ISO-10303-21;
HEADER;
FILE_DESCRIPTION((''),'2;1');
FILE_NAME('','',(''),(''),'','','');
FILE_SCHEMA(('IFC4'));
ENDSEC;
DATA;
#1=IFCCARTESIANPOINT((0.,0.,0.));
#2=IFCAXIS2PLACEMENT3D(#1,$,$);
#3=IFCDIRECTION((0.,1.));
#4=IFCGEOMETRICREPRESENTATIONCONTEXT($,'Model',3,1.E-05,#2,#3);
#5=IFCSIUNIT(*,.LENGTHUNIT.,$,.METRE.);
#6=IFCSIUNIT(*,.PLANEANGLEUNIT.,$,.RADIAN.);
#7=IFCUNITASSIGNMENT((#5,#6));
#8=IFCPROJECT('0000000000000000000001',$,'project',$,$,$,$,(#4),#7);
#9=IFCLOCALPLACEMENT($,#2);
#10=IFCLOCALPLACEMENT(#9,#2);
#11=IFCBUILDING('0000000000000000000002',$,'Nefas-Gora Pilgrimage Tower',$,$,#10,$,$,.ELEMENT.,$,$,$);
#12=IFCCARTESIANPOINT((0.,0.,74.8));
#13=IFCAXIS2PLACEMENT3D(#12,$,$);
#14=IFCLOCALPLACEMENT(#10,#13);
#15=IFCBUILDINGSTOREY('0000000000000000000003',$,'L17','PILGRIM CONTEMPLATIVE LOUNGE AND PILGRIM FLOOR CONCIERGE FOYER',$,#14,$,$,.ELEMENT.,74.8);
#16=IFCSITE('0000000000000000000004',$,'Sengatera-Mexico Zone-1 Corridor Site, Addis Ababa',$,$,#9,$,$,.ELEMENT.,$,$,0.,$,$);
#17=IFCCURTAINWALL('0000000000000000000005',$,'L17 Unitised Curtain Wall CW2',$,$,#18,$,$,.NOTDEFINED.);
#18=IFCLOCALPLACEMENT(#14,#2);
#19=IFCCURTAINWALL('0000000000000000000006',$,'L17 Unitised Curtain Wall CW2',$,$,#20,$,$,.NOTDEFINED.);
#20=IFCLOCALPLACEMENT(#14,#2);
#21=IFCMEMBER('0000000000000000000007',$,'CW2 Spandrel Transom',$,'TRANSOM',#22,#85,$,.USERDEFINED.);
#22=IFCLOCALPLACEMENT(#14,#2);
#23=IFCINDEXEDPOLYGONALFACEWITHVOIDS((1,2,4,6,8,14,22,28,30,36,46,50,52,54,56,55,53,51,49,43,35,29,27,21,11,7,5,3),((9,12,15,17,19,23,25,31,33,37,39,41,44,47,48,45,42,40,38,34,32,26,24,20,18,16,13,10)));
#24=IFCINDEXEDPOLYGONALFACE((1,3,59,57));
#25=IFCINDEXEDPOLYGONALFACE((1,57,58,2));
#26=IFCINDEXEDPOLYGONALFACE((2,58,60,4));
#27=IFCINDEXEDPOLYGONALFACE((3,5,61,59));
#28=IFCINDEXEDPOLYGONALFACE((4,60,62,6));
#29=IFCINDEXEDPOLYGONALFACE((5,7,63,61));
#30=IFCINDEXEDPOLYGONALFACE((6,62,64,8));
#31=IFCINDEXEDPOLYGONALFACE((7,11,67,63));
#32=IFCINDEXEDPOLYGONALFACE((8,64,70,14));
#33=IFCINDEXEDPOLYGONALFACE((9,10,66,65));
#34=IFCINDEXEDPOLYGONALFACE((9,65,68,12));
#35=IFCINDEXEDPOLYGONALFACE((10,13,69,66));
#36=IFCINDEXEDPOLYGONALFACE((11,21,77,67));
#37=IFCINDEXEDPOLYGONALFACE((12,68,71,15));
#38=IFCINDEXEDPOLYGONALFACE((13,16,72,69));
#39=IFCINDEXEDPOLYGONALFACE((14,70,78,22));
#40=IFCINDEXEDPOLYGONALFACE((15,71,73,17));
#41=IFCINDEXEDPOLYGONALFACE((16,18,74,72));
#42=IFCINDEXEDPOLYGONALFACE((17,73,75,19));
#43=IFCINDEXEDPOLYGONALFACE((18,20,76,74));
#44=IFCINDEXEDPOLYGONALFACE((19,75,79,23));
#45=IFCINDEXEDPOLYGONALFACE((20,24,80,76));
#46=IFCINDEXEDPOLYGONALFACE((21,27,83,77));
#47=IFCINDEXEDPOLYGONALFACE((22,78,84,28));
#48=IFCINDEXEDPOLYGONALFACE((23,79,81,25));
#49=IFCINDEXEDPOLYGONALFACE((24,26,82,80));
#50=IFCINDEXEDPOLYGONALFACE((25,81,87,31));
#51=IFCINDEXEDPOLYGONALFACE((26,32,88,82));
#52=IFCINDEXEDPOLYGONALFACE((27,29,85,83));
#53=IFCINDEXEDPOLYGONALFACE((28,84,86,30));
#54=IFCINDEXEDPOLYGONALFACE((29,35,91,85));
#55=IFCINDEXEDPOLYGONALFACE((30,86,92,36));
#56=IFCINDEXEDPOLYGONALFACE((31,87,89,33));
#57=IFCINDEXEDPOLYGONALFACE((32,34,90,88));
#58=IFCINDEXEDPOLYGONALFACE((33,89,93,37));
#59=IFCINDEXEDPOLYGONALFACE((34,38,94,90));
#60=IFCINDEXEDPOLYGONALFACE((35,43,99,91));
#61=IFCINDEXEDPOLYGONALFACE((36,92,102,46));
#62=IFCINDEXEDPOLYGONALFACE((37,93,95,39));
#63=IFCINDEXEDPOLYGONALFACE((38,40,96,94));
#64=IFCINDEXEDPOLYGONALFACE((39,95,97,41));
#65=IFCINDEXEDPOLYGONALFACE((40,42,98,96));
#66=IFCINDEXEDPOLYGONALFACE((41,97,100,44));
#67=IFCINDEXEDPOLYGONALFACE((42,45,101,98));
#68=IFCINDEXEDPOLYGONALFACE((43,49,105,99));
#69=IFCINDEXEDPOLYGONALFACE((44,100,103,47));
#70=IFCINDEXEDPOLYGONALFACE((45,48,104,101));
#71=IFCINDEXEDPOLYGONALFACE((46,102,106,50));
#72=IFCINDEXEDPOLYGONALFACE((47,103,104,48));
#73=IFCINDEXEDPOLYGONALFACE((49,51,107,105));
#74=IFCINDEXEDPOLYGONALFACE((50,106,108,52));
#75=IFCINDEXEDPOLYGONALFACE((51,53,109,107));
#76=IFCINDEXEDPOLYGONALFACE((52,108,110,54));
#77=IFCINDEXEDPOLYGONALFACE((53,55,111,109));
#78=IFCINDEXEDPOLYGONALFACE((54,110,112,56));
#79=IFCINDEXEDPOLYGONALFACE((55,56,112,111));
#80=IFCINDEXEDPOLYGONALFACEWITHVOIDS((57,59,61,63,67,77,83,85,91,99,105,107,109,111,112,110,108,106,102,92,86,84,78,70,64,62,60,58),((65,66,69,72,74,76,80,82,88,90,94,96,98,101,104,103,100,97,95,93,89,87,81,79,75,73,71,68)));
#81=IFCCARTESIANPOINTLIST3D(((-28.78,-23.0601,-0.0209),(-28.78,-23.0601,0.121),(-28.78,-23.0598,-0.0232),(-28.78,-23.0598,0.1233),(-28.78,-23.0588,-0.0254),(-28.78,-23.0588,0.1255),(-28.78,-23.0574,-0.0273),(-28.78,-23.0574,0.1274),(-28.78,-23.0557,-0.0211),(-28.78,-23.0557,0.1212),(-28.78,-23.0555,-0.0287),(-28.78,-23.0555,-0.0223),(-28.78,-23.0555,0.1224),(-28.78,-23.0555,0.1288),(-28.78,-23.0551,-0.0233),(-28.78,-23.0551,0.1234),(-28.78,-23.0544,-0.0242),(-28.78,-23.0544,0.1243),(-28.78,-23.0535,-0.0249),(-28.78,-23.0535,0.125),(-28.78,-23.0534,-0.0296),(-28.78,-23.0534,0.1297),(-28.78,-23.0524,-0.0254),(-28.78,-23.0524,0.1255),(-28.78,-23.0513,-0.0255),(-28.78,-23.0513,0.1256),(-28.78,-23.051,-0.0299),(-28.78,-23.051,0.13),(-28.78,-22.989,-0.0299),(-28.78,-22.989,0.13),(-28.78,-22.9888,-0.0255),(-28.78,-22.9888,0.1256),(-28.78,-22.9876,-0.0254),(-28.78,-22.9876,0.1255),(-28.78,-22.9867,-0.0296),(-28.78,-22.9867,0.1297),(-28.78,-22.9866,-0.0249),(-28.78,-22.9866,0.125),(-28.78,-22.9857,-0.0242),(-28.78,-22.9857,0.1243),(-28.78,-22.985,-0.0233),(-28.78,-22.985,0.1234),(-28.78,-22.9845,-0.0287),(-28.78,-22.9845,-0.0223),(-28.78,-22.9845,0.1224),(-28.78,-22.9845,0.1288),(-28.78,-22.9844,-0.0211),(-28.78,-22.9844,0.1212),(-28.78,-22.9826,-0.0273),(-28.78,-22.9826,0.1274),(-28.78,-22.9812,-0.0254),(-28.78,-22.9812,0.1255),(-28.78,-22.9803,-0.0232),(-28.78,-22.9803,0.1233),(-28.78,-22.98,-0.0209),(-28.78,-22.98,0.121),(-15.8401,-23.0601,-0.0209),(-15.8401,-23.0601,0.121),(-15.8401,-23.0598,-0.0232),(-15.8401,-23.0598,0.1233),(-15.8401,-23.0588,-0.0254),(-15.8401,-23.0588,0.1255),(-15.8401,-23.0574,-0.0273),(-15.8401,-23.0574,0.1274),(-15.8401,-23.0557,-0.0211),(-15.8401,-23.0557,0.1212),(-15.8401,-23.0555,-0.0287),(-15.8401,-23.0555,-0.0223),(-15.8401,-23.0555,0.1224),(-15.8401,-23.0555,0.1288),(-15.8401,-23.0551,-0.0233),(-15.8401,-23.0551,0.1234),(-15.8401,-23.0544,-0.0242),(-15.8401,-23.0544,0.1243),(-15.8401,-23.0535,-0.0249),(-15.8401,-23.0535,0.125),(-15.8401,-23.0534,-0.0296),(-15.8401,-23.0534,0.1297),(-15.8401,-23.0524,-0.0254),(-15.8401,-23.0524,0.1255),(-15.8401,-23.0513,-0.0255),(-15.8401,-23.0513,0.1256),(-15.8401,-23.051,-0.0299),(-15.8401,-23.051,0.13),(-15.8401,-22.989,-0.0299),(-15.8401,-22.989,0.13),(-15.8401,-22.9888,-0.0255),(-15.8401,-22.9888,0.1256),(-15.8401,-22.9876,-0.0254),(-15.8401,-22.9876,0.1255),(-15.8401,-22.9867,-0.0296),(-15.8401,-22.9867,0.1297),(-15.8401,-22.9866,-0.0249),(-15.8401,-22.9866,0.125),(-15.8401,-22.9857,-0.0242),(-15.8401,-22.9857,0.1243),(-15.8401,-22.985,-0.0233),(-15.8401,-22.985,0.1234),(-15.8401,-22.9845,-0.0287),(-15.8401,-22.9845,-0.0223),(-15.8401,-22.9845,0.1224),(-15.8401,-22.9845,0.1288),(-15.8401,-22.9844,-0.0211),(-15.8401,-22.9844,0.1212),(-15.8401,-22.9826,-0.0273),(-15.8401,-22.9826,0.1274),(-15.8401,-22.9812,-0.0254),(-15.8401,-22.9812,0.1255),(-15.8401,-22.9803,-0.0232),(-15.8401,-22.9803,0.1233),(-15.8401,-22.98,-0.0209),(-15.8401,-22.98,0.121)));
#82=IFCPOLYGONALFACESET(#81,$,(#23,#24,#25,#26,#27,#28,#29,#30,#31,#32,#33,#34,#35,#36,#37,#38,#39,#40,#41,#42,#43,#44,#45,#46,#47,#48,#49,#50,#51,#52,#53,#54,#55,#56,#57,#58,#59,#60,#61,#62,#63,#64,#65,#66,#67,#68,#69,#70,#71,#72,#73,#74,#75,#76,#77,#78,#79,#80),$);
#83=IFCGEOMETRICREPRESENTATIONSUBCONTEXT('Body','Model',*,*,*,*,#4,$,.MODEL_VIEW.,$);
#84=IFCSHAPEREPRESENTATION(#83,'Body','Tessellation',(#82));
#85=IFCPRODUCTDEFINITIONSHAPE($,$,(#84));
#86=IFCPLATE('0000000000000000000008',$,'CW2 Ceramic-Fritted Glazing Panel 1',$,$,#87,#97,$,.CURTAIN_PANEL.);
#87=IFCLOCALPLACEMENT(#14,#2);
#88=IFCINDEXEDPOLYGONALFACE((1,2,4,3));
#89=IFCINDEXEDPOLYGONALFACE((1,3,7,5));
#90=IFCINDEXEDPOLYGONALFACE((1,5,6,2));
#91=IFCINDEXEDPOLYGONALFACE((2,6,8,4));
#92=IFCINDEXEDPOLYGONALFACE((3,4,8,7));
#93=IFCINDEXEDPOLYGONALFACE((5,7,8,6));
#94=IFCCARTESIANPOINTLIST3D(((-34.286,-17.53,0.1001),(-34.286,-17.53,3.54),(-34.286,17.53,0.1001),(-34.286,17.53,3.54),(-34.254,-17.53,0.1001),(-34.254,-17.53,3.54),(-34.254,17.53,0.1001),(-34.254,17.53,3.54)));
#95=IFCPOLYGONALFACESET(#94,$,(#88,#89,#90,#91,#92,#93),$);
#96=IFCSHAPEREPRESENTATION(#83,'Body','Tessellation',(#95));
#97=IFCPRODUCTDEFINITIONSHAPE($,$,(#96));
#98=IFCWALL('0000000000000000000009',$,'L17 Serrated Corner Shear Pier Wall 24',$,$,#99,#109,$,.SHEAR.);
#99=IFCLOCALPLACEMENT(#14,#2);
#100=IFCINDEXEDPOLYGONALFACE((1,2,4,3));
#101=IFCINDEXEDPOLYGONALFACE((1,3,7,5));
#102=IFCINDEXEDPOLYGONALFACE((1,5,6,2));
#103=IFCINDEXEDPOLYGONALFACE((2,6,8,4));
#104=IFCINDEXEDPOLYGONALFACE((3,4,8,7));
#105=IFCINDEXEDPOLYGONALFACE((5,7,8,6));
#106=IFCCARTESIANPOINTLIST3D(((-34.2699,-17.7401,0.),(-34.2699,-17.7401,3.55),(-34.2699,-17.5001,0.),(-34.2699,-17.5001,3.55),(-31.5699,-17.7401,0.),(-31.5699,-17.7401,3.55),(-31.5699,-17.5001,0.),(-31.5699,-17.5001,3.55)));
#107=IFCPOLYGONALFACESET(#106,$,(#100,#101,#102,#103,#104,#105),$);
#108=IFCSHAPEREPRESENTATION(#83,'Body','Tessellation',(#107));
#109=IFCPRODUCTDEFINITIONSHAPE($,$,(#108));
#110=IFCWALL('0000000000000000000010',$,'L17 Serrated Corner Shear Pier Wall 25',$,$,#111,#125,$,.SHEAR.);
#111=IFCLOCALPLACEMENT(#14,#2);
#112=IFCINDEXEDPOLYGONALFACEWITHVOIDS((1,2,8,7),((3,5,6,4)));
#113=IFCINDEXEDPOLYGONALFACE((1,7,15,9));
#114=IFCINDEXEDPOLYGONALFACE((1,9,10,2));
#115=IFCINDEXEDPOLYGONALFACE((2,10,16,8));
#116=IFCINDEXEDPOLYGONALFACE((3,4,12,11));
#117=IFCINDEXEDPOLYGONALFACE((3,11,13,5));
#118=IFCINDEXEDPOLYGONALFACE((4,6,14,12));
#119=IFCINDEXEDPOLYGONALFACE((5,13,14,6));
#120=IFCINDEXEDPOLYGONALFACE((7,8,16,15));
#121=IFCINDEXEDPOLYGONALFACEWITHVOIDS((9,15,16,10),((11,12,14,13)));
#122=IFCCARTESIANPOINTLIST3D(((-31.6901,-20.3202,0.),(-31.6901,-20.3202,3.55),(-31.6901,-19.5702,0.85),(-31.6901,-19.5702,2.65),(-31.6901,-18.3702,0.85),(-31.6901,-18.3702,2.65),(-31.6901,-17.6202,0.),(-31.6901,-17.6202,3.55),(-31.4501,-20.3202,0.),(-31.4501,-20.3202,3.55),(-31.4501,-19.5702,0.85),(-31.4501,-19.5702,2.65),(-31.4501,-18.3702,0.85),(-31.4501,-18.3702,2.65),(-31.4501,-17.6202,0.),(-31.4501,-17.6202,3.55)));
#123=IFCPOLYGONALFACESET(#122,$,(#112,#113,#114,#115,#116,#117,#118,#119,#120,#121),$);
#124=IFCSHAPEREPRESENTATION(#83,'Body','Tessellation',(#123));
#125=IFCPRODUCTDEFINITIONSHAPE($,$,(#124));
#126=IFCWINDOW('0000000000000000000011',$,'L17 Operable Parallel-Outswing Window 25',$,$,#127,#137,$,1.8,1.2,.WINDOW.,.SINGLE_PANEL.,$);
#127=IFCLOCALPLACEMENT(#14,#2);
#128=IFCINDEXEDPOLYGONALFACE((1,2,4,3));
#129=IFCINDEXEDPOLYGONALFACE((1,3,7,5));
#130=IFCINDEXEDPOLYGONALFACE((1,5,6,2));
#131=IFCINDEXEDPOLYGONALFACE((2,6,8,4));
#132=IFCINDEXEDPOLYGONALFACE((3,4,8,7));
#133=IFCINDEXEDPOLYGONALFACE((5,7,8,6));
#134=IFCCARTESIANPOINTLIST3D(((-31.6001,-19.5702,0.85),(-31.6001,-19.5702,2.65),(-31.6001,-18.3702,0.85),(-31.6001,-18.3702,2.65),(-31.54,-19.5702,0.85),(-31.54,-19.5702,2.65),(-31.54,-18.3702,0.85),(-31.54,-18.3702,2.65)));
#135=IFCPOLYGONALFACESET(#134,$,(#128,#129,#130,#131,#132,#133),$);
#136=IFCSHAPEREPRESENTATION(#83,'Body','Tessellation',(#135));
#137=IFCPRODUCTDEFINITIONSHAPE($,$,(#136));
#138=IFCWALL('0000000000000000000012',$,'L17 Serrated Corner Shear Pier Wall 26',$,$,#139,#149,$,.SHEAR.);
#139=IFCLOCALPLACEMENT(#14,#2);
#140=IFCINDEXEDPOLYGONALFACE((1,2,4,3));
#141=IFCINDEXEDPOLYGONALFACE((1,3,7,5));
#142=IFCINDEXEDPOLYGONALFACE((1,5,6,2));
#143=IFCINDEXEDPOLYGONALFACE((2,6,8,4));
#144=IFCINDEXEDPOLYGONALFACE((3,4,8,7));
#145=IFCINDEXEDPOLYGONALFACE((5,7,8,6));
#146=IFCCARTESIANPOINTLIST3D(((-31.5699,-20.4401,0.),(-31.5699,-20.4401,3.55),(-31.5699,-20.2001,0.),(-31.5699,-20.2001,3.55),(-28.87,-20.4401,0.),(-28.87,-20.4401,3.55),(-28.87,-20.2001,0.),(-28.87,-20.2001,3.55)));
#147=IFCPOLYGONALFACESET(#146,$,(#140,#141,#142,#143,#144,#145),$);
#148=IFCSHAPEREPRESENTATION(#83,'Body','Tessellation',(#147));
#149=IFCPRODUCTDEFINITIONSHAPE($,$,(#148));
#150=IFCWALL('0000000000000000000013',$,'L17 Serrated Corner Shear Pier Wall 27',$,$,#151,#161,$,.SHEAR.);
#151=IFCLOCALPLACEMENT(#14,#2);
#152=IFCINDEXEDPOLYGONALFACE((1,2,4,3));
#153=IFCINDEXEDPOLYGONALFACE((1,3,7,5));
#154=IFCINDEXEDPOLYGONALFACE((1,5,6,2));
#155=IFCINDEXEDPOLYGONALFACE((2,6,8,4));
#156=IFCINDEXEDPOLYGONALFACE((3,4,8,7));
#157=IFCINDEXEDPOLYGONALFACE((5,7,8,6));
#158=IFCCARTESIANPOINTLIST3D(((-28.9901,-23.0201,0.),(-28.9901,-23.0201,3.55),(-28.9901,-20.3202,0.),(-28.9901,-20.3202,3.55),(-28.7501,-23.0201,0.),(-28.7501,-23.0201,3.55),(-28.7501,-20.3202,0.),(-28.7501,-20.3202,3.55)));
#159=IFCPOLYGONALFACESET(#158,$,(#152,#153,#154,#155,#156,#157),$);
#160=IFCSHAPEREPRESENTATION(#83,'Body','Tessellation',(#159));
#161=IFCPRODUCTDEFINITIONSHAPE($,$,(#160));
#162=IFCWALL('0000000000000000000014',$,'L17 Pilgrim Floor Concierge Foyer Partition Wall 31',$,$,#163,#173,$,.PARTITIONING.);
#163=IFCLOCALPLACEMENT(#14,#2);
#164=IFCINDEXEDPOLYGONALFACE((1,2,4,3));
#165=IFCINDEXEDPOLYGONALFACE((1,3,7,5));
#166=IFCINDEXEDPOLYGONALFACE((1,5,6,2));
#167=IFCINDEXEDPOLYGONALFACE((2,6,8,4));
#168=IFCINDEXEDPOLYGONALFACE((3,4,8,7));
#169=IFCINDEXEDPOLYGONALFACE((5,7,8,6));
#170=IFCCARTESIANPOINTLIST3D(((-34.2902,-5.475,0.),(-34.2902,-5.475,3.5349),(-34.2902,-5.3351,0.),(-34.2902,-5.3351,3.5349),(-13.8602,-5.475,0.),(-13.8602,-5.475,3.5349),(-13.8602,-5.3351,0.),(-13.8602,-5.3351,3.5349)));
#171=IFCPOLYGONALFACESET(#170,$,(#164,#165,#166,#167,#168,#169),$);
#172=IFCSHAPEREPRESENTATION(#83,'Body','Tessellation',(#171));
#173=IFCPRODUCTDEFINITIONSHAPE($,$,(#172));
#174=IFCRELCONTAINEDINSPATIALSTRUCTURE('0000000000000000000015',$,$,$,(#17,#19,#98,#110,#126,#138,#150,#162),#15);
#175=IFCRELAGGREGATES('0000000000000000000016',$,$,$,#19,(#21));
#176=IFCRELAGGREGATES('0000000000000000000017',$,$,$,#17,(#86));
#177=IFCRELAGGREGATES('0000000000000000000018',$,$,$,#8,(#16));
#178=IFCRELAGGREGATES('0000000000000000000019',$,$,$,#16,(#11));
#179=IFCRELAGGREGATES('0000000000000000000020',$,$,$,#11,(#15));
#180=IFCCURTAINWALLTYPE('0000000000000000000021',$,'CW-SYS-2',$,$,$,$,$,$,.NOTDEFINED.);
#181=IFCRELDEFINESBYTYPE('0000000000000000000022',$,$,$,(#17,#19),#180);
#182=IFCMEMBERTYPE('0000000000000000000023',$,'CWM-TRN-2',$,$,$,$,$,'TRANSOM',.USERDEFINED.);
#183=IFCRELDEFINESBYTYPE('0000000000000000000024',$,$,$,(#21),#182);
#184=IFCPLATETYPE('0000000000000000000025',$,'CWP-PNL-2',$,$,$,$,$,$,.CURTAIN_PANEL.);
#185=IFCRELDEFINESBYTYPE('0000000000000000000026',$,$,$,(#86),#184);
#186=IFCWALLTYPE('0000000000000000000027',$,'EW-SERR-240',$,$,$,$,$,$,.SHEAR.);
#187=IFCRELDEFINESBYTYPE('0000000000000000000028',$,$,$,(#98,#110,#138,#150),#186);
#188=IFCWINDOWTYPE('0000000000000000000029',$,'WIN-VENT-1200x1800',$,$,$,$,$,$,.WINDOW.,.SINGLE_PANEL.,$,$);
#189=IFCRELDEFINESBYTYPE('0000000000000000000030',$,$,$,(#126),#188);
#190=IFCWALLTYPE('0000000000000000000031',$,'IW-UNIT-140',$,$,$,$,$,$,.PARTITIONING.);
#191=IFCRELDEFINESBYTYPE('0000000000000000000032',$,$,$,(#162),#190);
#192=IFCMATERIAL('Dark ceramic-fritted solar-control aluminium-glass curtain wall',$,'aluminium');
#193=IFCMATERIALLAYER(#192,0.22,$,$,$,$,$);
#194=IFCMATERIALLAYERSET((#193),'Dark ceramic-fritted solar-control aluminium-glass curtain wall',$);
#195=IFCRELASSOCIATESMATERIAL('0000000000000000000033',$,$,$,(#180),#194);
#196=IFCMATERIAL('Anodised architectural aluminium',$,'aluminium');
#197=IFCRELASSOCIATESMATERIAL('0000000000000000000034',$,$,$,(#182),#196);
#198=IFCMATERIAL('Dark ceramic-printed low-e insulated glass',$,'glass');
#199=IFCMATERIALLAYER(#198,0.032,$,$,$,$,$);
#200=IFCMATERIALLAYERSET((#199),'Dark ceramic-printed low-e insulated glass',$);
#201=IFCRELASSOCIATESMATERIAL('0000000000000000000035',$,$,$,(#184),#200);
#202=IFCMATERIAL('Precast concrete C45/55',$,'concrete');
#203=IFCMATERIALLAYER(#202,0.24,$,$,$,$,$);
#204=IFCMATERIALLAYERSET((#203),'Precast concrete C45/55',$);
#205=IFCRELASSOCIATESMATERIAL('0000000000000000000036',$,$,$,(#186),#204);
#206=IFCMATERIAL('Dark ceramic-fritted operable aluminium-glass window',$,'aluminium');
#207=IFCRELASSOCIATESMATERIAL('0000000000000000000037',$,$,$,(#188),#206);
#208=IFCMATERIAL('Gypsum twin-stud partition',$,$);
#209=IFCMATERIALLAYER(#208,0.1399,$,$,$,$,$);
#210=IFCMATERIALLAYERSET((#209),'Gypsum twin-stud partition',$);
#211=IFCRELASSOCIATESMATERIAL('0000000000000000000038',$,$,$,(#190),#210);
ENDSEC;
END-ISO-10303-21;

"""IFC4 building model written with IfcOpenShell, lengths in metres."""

from ifc_helpers import new_model, si_unit, direction, frame, frame_2d, origin, origin_2d, place, context, subcontext, project, spatial, rectangle, hollow_rectangle, extrude, source, transform, mapped, material, layer, layer_set, material_profile, profile_set, type_object, element, fill, aggregate, save


model = new_model("IFC4")

# Units and contexts
model_context = context("Model", 3, precision=1e-05, world=origin(), true_north=direction((0.0, 1.0)))
body_context = subcontext(model_context, "Body", "Model", "MODEL_VIEW")
ifc_project = project(units=[si_unit("LENGTHUNIT", "METRE"), si_unit("PLANEANGLEUNIT", "RADIAN")], contexts=[model_context])

# Site, building, storey
site_placement = place(None, origin())
site = spatial("IfcSite", under=ifc_project, at=site_placement, Name="Sengatera-Mexico Zone-1 Corridor Site, Addis Ababa", CompositionType="ELEMENT", RefElevation=0.0)
building_placement = place(site_placement, origin())
building = spatial("IfcBuilding", under=site, at=building_placement, Name="Nefas-Gora Pilgrimage Tower", CompositionType="ELEMENT")
storey_placement = place(building_placement, frame((0.0, 0.0, 74.8)))
storey = spatial("IfcBuildingStorey", under=building, at=storey_placement, Name="L17", Description="PILGRIM CONTEMPLATIVE LOUNGE AND PILGRIM FLOOR CONCIERGE FOYER", CompositionType="ELEMENT", Elevation=74.8)

# Curtain wall
ifc_material_1 = material(Name="Dark ceramic-fritted solar-control aluminium-glass curtain wall", Category="aluminium")
ifc_layer_1 = layer(ifc_material_1, 0.22)
ifc_layer_set_1 = layer_set([ifc_layer_1], Name="Dark ceramic-fritted solar-control aluminium-glass curtain wall")
curtain_wall_type = type_object("IfcCurtainWallType", Name="CW-SYS-2", PredefinedType="NOTDEFINED", material=ifc_layer_set_1)
curtain_wall_1_placement = place(storey_placement, origin())
curtain_wall_1 = element("IfcCurtainWall", 1, at=curtain_wall_1_placement, inside=storey, type_object=curtain_wall_type, Name="L17 Unitised Curtain Wall CW2", PredefinedType="NOTDEFINED")
ifc_material_2 = material(Name="Anodised architectural aluminium", Category="aluminium")

# Curtain wall, member
curtain_wall_2_placement = place(storey_placement, origin())
curtain_wall_2 = element("IfcCurtainWall", 2, at=curtain_wall_2_placement, inside=storey, type_object=curtain_wall_type, Name="L17 Unitised Curtain Wall CW2", PredefinedType="NOTDEFINED")
ifc_material_profile_1 = material_profile(ifc_material_2, hollow_rectangle(XDim=0.0801, YDim=0.1599, WallThickness=0.0044, InnerFilletRadius=0.0044, OuterFilletRadius=0.009, at=origin_2d()), Name="ALU TRANSOM 80x160")
ifc_profile_set_1 = profile_set([ifc_material_profile_1], Name="Anodised architectural aluminium")
member_type_1 = type_object("IfcMemberType", Name="CWM-TRN-2", ElementType="TRANSOM", PredefinedType="USERDEFINED", material=ifc_profile_set_1)
shared_shape_1 = source(origin(), body_context, "Body", "SweptSolid", [
    extrude(hollow_rectangle(XDim=0.0801, YDim=0.1599, WallThickness=0.0044, InnerFilletRadius=0.0044, OuterFilletRadius=0.009, at=origin_2d()), origin(), (0.0, 0.0, 1.0), 12.9399),
])
member_1_placement = place(storey_placement, frame((-28.78, -23.02, 0.05), z_axis=(1.0, 0.0, 0.0), x_axis=(0.0, 1.0, 0.0)))
member_1 = element("IfcMember", 3, at=member_1_placement, type_object=member_type_1, Name="CW2 Spandrel Transom", ObjectType="TRANSOM", PredefinedType="USERDEFINED", context=body_context, shape_type="MappedRepresentation", body=[
    mapped(shared_shape_1, transform((0.0, 0.0, 0.0), x_axis=(1.0, 0.0, 0.0), y_axis=(0.0, 1.0, 0.0), z_axis=(0.0, 0.0, 1.0), scale=1.0)),
])
aggregate(curtain_wall_2, [member_1])

# Plate
ifc_material_3 = material(Name="Dark ceramic-printed low-e insulated glass", Category="glass")
ifc_layer_2 = layer(ifc_material_3, 0.032)
ifc_layer_set_2 = layer_set([ifc_layer_2], Name="Dark ceramic-printed low-e insulated glass")
plate_type = type_object("IfcPlateType", Name="CWP-PNL-2", PredefinedType="CURTAIN_PANEL", material=ifc_layer_set_2)
shared_shape_2 = source(origin(), body_context, "Body", "SweptSolid", [
    extrude(rectangle(XDim=35.0601, YDim=0.032, at=origin_2d()), origin(), (0.0, 0.0, 1.0), 3.4399),
])
plate_placement = place(storey_placement, frame((-34.27, 0.0, 0.1001), z_axis=(0.0, 0.0, 1.0), x_axis=(0.0, -1.0, 0.0)))
plate = element("IfcPlate", 4, at=plate_placement, type_object=plate_type, Name="CW2 Ceramic-Fritted Glazing Panel 1", PredefinedType="CURTAIN_PANEL", context=body_context, shape_type="MappedRepresentation", body=[
    mapped(shared_shape_2, transform((0.0, 0.0, 0.0), x_axis=(1.0, 0.0, 0.0), y_axis=(0.0, 1.0, 0.0), z_axis=(0.0, 0.0, 1.0), scale=1.0)),
])
aggregate(curtain_wall_1, [plate])

# Wall
ifc_material_4 = material(Name="Precast concrete C45/55", Category="concrete")
ifc_layer_3 = layer(ifc_material_4, 0.24)
ifc_layer_set_3 = layer_set([ifc_layer_3], Name="Precast concrete C45/55")
wall_type_1 = type_object("IfcWallType", Name="EW-SERR-240", PredefinedType="SHEAR", material=ifc_layer_set_3)
shared_shape_3 = source(origin(), body_context, "Body", "SweptSolid", [
    extrude(rectangle(XDim=2.7, YDim=0.24, at=frame_2d((1.3501, 0.0))), origin(), (0.0, 0.0, 1.0), 3.55),
])
wall_1_placement = place(storey_placement, frame((-34.27, -17.6201, 0.0), z_axis=(0.0, 0.0, 1.0), x_axis=(1.0, 0.0, 0.0)))
element("IfcWall", 5, at=wall_1_placement, inside=storey, type_object=wall_type_1, Name="L17 Serrated Corner Shear Pier Wall 24", PredefinedType="SHEAR", context=body_context, shape_type="MappedRepresentation", body=[
    mapped(shared_shape_3, transform((0.0, 0.0, 0.0), x_axis=(1.0, 0.0, 0.0), y_axis=(0.0, 1.0, 0.0), z_axis=(0.0, 0.0, 1.0), scale=1.0)),
])

# Wall, opening, window
wall_2_placement = place(storey_placement, frame((-31.5701, -17.6201, 0.0), z_axis=(0.0, 0.0, 1.0), x_axis=(0.0, -1.0, 0.0)))
wall_2 = element("IfcWall", 6, at=wall_2_placement, inside=storey, type_object=wall_type_1, Name="L17 Serrated Corner Shear Pier Wall 25", PredefinedType="SHEAR", context=body_context, shape_type="MappedRepresentation", body=[
    mapped(shared_shape_3, transform((0.0, 0.0, 0.0), x_axis=(1.0, 0.0, 0.0), y_axis=(0.0, 1.0, 0.0), z_axis=(0.0, 0.0, 1.0), scale=1.0)),
])
opening_placement = place(wall_2_placement, frame((0.75, 0.0, 0.8501)))
opening = element("IfcOpeningElement", 7, at=opening_placement, cuts=wall_2, PredefinedType="OPENING", context=body_context, shape_type="SweptSolid", body=[
    extrude(rectangle(XDim=1.2, YDim=1.8, at=frame_2d((0.6001, 0.8999))), frame((0.0, 0.1299, 0.0), z_axis=(0.0, -1.0, 0.0), x_axis=(1.0, 0.0, 0.0)), (0.0, 0.0, 1.0), 0.26),
])
ifc_material_5 = material(Name="Dark ceramic-fritted operable aluminium-glass window", Category="aluminium")
window_type = type_object("IfcWindowType", Name="WIN-VENT-1200x1800", PartitioningType="SINGLE_PANEL", PredefinedType="WINDOW", material=ifc_material_5)
shared_shape_4 = source(origin(), body_context, "Body", "SweptSolid", [
    extrude(rectangle(XDim=1.2, YDim=1.8, at=frame_2d((0.6001, 0.8999))), frame((0.0, 0.03, 0.0), z_axis=(0.0, -1.0, 0.0), x_axis=(1.0, 0.0, 0.0)), (0.0, 0.0, 1.0), 0.0601),
])
window_placement = place(opening_placement, origin())
window = element("IfcWindow", 8, at=window_placement, inside=storey, type_object=window_type, Name="L17 Operable Parallel-Outswing Window 25", OverallHeight=1.8, OverallWidth=1.2, PartitioningType="SINGLE_PANEL", PredefinedType="WINDOW", context=body_context, shape_type="MappedRepresentation", body=[
    mapped(shared_shape_4, transform((0.0, 0.0, 0.0), x_axis=(1.0, 0.0, 0.0), y_axis=(0.0, 1.0, 0.0), z_axis=(0.0, 0.0, 1.0), scale=1.0)),
])
fill(opening, window)

# Walls
for number, where, z_axis, x_axis, name in (
    (9, (-31.5701, -20.3201, 0.0), (0.0, 0.0, 1.0), (1.0, 0.0, 0.0), "L17 Serrated Corner Shear Pier Wall 26"),
    (10, (-28.8701, -20.3201, 0.0), (0.0, 0.0, 1.0), (0.0, -1.0, 0.0), "L17 Serrated Corner Shear Pier Wall 27"),
):
    element("IfcWall", number, at=place(storey_placement, frame(where, z_axis=z_axis, x_axis=x_axis)), inside=storey, type_object=wall_type_1, Name=name, PredefinedType="SHEAR", context=body_context, shape_type="MappedRepresentation", body=[
        mapped(shared_shape_3, transform((0.0, 0.0, 0.0), x_axis=(1.0, 0.0, 0.0), y_axis=(0.0, 1.0, 0.0), z_axis=(0.0, 0.0, 1.0), scale=1.0)),
    ])
ifc_material_6 = material(Name="Gypsum twin-stud partition")
ifc_layer_4 = layer(ifc_material_6, 0.1399)
ifc_layer_set_4 = layer_set([ifc_layer_4], Name="Gypsum twin-stud partition")
wall_type_2 = type_object("IfcWallType", Name="IW-UNIT-140", PredefinedType="PARTITIONING", material=ifc_layer_set_4)
shared_shape_5 = source(origin(), body_context, "Body", "SweptSolid", [
    extrude(rectangle(XDim=20.4299, YDim=0.1399, at=frame_2d((10.2148, 0.0))), origin(), (0.0, 0.0, 1.0), 3.5349),
])
wall_3_placement = place(storey_placement, frame((-34.29, -5.405, 0.0), z_axis=(0.0, 0.0, 1.0), x_axis=(1.0, 0.0, 0.0)))
element("IfcWall", 11, at=wall_3_placement, inside=storey, type_object=wall_type_2, Name="L17 Pilgrim Floor Concierge Foyer Partition Wall 31", PredefinedType="PARTITIONING", context=body_context, shape_type="MappedRepresentation", body=[
    mapped(shared_shape_5, transform((0.0, 0.0, 0.0), x_axis=(1.0, 0.0, 0.0), y_axis=(0.0, 1.0, 0.0), z_axis=(0.0, 0.0, 1.0), scale=1.0)),
])

save(model, "model.ifc")
